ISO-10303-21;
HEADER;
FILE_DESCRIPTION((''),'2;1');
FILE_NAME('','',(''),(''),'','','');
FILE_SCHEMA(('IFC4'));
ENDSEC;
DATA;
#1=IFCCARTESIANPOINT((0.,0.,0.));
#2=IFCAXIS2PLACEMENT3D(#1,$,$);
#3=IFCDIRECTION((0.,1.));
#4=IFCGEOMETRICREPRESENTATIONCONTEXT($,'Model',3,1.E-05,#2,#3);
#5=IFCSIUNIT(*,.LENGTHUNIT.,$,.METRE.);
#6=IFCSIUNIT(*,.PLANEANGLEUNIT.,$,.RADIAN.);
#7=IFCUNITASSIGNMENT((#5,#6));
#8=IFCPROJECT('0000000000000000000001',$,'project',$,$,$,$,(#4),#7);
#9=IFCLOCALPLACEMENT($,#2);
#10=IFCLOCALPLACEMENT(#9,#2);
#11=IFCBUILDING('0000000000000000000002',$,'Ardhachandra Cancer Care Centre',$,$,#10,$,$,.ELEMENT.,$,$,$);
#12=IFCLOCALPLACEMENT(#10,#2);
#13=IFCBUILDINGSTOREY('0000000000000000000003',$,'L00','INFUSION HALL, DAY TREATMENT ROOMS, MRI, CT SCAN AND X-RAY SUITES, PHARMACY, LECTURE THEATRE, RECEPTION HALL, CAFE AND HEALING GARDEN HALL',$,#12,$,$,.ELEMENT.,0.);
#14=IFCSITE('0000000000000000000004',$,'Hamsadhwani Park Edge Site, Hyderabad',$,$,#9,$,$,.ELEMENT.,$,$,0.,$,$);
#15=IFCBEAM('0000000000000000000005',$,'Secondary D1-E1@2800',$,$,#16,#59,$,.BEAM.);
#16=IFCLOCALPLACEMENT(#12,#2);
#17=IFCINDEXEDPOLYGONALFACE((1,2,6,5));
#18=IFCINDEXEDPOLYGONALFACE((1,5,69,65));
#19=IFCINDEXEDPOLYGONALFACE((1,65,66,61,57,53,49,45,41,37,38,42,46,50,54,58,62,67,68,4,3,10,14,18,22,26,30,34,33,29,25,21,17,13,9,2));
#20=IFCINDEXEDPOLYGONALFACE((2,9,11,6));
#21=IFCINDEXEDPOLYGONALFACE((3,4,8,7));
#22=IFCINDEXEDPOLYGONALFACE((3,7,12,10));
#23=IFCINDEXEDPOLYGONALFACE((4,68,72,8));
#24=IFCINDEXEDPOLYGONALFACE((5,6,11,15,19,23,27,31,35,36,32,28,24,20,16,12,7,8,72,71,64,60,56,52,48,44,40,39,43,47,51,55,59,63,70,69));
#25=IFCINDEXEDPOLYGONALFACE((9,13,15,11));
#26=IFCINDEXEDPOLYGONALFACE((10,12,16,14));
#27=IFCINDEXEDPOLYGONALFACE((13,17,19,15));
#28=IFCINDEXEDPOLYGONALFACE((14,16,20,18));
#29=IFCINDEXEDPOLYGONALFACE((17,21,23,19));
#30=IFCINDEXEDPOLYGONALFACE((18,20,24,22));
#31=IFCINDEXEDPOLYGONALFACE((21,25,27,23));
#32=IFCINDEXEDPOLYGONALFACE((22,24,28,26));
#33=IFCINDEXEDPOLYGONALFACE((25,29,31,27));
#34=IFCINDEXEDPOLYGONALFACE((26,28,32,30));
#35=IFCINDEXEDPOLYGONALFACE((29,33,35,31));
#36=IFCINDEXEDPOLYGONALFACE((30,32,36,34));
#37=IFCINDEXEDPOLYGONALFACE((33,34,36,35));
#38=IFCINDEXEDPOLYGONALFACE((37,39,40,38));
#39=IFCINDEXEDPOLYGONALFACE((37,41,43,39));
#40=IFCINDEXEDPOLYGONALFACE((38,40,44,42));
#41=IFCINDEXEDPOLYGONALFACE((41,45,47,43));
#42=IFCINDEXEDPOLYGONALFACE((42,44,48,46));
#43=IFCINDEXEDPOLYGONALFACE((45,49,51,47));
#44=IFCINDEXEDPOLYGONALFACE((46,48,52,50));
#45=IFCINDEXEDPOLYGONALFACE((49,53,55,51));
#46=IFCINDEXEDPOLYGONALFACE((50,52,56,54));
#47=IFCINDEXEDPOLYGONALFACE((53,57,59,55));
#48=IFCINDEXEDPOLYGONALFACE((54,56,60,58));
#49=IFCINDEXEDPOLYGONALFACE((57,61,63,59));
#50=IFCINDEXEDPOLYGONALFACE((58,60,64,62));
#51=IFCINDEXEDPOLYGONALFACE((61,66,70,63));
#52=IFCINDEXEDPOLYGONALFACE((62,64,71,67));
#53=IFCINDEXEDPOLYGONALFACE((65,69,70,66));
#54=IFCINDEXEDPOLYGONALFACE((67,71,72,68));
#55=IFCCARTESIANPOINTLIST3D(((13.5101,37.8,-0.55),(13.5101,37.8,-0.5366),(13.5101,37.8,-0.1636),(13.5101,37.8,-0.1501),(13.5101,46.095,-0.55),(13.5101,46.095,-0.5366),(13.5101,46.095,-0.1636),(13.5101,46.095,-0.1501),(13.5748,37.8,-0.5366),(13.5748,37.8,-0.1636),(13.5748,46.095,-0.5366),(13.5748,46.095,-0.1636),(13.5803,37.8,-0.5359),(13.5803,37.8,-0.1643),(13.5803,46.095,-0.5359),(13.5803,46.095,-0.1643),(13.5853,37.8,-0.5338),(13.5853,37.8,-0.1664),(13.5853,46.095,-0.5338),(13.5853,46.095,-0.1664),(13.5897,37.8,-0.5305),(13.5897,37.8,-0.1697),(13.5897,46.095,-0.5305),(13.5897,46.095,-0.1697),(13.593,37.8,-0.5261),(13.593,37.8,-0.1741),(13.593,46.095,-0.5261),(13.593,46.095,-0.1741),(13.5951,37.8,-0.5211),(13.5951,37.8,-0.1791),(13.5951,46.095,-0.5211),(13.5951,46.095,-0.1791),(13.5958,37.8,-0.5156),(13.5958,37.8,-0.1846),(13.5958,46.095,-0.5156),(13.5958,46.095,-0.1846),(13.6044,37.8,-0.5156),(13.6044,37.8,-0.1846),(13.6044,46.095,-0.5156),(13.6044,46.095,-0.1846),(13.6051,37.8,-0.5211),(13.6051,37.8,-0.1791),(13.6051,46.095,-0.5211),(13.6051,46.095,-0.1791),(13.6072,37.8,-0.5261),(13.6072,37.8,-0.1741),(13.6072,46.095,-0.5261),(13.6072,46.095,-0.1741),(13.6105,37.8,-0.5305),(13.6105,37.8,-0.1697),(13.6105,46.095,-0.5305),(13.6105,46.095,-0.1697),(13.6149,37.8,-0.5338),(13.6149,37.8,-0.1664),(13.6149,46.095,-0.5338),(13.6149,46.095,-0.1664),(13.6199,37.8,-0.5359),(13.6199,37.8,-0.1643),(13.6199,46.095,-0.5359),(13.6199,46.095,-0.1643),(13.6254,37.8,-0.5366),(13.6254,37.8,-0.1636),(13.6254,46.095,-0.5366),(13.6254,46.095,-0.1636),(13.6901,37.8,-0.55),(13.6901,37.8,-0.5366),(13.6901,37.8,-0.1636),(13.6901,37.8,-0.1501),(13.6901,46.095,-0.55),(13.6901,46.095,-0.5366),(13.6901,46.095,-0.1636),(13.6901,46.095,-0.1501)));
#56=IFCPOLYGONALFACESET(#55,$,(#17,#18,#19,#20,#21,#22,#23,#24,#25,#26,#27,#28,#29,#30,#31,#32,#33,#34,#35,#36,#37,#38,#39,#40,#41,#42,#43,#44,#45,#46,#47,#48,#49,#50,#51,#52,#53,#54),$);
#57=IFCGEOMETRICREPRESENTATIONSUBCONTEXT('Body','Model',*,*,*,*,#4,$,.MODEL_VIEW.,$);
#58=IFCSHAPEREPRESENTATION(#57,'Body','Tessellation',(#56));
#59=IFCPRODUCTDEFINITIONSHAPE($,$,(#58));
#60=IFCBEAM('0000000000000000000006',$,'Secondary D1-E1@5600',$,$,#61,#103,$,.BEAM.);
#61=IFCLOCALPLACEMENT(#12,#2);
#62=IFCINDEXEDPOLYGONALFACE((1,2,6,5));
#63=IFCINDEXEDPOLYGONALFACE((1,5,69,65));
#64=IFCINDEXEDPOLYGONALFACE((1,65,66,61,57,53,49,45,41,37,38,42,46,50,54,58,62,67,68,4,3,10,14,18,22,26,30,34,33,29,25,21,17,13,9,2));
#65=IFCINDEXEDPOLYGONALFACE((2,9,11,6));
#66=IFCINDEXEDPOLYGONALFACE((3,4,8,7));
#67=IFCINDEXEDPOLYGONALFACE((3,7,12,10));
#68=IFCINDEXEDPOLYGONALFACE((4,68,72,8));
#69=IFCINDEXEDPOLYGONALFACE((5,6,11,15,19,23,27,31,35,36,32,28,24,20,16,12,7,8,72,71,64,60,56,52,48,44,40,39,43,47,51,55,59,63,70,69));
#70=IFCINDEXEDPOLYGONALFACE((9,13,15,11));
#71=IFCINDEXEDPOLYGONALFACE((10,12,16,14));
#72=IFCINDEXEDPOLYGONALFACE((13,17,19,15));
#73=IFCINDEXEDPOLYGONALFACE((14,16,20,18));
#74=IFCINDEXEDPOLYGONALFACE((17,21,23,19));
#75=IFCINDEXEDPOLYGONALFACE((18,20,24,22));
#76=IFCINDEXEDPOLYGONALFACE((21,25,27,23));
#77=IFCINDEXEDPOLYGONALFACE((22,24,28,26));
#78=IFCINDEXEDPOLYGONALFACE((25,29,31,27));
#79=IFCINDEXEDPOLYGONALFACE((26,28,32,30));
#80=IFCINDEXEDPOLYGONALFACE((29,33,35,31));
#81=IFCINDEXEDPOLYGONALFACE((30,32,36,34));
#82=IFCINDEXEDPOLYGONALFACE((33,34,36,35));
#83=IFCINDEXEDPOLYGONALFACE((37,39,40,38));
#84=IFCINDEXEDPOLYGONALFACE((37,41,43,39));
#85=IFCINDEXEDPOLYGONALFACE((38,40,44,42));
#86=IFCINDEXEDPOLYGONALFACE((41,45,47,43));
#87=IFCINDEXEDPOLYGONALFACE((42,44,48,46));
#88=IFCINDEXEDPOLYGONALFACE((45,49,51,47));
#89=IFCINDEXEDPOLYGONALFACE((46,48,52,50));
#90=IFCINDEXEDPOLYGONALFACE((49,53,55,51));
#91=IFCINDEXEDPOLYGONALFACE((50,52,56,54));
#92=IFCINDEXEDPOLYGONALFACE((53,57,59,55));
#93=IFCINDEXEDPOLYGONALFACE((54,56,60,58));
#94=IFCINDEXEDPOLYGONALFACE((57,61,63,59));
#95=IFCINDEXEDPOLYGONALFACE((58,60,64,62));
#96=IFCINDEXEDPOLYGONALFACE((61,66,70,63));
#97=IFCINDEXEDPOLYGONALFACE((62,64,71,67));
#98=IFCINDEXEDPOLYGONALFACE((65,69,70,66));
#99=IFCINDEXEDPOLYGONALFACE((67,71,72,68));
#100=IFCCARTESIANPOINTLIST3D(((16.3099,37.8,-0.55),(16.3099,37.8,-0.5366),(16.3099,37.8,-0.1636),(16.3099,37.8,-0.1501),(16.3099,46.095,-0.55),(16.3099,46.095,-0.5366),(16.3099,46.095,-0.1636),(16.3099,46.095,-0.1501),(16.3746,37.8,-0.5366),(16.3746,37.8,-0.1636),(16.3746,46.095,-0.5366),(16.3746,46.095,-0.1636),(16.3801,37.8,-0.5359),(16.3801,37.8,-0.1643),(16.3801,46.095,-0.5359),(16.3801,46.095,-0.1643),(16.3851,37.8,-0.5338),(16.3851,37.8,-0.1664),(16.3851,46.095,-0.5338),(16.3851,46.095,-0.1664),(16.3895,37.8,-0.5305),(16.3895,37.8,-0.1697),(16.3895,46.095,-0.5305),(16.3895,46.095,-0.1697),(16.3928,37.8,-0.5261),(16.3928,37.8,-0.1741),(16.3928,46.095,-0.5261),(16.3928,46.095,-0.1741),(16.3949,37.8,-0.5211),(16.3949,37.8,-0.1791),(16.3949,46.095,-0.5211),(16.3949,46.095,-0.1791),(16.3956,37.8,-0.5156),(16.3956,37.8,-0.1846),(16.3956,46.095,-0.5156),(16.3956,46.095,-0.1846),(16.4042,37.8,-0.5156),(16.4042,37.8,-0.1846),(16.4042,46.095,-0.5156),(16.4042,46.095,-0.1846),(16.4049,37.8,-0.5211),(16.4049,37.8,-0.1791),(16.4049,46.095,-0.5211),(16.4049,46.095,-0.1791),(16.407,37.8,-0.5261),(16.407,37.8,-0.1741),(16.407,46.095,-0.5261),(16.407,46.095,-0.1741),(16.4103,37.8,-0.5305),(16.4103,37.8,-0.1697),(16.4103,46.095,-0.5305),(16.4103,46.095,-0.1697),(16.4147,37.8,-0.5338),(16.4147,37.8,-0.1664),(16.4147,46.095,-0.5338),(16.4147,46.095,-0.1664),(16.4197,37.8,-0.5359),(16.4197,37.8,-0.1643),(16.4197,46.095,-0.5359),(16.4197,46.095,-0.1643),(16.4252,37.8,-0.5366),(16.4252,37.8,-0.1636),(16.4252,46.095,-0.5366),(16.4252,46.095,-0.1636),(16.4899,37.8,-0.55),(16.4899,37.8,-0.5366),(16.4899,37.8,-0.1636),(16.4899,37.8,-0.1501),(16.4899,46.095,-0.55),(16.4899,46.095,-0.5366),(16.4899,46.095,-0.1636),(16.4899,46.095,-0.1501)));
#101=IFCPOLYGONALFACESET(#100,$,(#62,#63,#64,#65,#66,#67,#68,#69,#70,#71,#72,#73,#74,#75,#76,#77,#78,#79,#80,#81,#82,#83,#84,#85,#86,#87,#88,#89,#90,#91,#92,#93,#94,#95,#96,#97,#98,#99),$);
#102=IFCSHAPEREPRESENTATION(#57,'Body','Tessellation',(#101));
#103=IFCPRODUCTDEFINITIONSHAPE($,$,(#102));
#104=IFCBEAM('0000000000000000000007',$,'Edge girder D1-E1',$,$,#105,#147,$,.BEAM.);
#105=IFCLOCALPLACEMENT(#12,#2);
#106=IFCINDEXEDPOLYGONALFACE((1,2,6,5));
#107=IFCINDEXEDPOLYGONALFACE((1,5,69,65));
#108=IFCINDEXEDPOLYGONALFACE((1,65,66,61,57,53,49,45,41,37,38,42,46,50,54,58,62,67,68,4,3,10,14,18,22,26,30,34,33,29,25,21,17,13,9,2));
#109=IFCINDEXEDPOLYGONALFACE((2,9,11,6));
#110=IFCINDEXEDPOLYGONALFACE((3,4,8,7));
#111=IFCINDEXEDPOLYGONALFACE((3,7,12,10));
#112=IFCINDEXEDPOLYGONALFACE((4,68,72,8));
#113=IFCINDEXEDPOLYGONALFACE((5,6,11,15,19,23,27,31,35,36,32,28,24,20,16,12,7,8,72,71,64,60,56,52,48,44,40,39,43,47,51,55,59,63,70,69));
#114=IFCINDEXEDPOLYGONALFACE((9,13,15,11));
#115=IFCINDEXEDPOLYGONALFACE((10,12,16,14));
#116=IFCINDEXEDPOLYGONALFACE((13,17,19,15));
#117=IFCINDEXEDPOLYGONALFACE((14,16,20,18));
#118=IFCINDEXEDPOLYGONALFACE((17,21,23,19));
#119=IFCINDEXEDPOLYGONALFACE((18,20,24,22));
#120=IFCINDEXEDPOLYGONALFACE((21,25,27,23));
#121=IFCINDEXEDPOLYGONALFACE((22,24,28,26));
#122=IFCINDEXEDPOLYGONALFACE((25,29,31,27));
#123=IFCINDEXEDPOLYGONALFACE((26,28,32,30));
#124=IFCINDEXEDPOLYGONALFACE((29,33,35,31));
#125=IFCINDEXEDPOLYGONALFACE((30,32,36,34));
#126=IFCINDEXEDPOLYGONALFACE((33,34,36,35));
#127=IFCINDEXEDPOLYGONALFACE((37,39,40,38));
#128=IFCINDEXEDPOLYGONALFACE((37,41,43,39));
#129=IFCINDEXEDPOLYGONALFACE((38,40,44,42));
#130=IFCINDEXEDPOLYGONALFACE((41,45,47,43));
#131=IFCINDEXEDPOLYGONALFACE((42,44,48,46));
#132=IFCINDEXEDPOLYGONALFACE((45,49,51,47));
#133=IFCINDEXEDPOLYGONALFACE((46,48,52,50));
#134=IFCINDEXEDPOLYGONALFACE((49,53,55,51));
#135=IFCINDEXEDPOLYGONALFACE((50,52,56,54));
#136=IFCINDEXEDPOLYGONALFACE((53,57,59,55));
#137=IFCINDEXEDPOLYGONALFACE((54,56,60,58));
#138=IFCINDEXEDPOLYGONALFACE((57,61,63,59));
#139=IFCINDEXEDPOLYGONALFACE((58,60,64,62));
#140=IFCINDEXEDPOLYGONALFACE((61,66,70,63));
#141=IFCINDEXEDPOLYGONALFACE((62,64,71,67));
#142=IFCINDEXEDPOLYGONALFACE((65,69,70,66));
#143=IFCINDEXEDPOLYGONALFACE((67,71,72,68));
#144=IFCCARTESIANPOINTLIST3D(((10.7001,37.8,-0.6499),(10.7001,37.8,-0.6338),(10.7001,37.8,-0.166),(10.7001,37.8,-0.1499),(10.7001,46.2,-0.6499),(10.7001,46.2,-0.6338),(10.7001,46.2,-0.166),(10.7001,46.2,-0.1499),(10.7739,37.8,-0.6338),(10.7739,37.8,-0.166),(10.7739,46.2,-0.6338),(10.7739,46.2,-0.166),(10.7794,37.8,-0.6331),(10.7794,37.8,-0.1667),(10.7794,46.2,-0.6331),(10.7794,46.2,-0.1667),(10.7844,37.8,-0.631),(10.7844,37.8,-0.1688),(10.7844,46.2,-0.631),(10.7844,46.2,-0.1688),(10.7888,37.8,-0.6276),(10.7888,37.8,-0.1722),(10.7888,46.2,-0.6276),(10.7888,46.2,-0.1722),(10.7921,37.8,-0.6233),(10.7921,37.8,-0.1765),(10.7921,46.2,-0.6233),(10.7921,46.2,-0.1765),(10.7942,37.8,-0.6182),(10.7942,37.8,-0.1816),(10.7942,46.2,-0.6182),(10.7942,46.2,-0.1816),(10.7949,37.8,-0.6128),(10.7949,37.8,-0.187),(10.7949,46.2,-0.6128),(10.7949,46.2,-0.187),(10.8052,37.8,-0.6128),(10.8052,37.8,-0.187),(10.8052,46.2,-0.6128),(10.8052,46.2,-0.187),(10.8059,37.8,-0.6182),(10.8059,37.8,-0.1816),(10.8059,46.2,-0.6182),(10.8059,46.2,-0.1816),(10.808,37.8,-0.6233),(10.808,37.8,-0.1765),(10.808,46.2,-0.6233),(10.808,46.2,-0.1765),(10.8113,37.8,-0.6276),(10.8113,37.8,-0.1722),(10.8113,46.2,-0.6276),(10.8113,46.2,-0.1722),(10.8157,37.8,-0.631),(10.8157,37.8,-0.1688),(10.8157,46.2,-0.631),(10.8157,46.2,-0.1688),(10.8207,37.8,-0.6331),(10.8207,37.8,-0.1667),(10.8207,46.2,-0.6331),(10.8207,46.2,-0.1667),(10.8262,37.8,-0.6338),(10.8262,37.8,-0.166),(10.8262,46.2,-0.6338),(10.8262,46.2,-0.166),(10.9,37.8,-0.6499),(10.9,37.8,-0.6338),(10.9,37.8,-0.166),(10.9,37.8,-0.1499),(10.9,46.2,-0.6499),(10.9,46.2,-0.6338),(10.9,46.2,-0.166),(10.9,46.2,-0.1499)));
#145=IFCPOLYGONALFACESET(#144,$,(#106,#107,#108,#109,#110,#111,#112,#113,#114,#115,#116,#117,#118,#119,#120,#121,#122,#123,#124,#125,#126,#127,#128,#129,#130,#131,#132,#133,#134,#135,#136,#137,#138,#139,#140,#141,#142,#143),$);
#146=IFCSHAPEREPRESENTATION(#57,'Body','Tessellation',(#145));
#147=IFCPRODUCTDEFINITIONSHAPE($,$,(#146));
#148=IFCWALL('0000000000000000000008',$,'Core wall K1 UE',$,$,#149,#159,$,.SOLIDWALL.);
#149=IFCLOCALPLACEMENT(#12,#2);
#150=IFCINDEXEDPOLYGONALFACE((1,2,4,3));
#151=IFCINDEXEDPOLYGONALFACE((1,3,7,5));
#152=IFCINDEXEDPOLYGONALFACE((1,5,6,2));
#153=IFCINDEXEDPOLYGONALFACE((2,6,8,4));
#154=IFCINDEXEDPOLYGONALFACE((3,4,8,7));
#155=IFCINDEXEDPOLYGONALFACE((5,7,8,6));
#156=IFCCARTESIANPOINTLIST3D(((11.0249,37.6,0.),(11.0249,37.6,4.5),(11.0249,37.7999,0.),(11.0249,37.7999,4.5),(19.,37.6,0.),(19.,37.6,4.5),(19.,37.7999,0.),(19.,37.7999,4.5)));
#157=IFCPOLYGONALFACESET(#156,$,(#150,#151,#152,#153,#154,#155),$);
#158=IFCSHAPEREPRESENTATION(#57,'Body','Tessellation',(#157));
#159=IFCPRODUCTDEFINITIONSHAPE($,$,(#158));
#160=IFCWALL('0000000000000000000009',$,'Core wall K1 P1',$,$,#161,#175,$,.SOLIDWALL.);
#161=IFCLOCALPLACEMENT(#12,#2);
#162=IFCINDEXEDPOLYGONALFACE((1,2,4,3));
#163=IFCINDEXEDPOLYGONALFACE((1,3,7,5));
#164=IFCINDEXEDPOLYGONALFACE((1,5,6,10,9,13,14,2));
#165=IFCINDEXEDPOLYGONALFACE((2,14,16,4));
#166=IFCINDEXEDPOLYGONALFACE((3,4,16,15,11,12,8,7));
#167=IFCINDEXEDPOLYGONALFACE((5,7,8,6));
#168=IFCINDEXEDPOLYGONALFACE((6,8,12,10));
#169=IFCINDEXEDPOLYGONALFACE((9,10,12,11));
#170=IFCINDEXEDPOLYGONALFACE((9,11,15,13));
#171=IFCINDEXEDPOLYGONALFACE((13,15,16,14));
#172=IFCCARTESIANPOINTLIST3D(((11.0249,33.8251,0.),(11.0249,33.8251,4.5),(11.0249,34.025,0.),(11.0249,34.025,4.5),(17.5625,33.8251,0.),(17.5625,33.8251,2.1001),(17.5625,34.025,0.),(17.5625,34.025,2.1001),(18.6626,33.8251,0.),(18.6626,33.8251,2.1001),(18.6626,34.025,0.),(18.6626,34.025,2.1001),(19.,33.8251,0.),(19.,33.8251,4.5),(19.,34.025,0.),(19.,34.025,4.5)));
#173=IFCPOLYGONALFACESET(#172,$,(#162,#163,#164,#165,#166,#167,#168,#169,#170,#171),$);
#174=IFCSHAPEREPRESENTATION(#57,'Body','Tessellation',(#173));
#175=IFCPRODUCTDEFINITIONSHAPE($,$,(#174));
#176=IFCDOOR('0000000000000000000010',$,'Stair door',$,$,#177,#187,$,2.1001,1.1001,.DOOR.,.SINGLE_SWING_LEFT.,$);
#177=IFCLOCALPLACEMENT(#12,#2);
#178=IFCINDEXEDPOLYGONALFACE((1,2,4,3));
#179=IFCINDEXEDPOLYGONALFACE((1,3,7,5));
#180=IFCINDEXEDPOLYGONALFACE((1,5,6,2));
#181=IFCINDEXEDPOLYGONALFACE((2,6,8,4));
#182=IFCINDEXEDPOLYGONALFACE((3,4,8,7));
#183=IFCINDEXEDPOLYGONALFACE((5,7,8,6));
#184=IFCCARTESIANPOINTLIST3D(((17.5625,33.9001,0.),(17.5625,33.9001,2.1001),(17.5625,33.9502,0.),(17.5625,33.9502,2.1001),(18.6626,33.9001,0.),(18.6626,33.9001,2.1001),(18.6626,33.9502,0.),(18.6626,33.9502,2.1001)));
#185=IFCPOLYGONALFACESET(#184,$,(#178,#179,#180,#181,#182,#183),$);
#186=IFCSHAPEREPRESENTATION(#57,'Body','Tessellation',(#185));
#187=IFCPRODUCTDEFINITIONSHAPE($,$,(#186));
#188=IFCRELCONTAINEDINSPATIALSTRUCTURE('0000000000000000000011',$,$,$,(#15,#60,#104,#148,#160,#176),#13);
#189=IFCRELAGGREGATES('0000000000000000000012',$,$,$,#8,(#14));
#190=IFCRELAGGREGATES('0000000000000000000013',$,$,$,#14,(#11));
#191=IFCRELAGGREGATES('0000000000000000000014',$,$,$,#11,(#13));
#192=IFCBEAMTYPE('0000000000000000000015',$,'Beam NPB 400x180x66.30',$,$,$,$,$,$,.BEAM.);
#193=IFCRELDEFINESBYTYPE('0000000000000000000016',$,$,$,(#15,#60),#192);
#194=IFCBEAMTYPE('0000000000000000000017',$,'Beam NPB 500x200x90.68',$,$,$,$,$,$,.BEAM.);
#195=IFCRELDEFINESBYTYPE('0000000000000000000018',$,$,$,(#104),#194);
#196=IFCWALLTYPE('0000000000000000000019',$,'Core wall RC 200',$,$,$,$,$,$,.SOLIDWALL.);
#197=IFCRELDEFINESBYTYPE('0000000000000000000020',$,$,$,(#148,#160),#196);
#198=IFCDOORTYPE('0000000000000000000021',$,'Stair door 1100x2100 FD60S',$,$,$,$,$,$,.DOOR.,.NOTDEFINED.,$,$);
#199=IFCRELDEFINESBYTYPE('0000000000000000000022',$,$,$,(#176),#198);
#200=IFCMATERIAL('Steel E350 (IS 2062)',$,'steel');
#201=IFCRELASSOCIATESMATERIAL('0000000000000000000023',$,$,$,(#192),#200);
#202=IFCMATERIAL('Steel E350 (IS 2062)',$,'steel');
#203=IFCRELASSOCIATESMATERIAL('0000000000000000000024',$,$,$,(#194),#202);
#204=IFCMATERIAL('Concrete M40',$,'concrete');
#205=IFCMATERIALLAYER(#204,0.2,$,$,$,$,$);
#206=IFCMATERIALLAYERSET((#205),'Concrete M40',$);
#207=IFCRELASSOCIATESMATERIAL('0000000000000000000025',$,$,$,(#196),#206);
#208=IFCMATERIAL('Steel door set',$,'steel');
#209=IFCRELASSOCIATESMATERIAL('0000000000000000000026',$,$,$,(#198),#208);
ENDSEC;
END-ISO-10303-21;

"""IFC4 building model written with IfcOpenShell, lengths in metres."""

from ifc_helpers import new_model, si_unit, direction, frame, frame_2d, origin, origin_2d, place, context, subcontext, project, spatial, rectangle, i_section, extrude, material, layer, layer_set, material_profile, profile_set, type_object, element, fill, save


model = new_model("IFC4")

# Units and contexts
model_context = context("Model", 3, precision=1e-05, world=origin(), true_north=direction((0.0, 1.0)))
body_context = subcontext(model_context, "Body", "Model", "MODEL_VIEW")
ifc_project = project(units=[si_unit("LENGTHUNIT", "METRE"), si_unit("PLANEANGLEUNIT", "RADIAN")], contexts=[model_context])

# Site, building, storey
site_placement = place(None, origin())
site = spatial("IfcSite", under=ifc_project, at=site_placement, Name="Hamsadhwani Park Edge Site, Hyderabad", CompositionType="ELEMENT", RefElevation=0.0)
building_placement = place(site_placement, origin())
building = spatial("IfcBuilding", under=site, at=building_placement, Name="Ardhachandra Cancer Care Centre", CompositionType="ELEMENT")
storey_placement = place(building_placement, origin())
storey = spatial("IfcBuildingStorey", under=building, at=storey_placement, Name="L00", Description="INFUSION HALL, DAY TREATMENT ROOMS, MRI, CT SCAN AND X-RAY SUITES, PHARMACY, LECTURE THEATRE, RECEPTION HALL, CAFE AND HEALING GARDEN HALL", CompositionType="ELEMENT", Elevation=0.0)

# Beams
ifc_material_1 = material(Name="Steel E350 (IS 2062)", Category="steel")
ifc_material_profile_1 = material_profile(ifc_material_1, i_section(OverallWidth=0.1799, OverallDepth=0.3999, WebThickness=0.0085, FlangeThickness=0.0134, FilletRadius=0.021, at=origin_2d()), Name="NPB 400x180x66.30")
ifc_profile_set_1 = profile_set([ifc_material_profile_1], Name="Steel E350 (IS 2062)")
beam_type_1 = type_object("IfcBeamType", Name="Beam NPB 400x180x66.30", PredefinedType="BEAM", material=ifc_profile_set_1)
for number, where, z_axis, x_axis, name in (
    (1, (13.6001, 37.8, -0.3501), (0.0, 1.0, 0.0), (-1.0, 0.0, 0.0), "Secondary D1-E1@2800"),
    (2, (16.3999, 37.8, -0.3501), (0.0, 1.0, 0.0), (-1.0, 0.0, 0.0), "Secondary D1-E1@5600"),
):
    element("IfcBeam", number, at=place(storey_placement, frame(where, z_axis=z_axis, x_axis=x_axis)), inside=storey, type_object=beam_type_1, Name=name, PredefinedType="BEAM", context=body_context, shape_type="SweptSolid", body=[
        extrude(i_section(OverallWidth=0.1799, OverallDepth=0.3999, WebThickness=0.0085, FlangeThickness=0.0134, FilletRadius=0.021, at=origin_2d()), origin(), (0.0, 0.0, 1.0), 8.2949),
    ])
ifc_material_2 = material(Name="Steel E350 (IS 2062)", Category="steel")
ifc_material_profile_2 = material_profile(ifc_material_2, i_section(OverallWidth=0.2, OverallDepth=0.5, WebThickness=0.0103, FlangeThickness=0.0161, FilletRadius=0.021, at=origin_2d()), Name="NPB 500x200x90.68")
ifc_profile_set_2 = profile_set([ifc_material_profile_2], Name="Steel E350 (IS 2062)")
beam_type_2 = type_object("IfcBeamType", Name="Beam NPB 500x200x90.68", PredefinedType="BEAM", material=ifc_profile_set_2)
beam_placement = place(storey_placement, frame((10.8, 37.8, -0.3999), z_axis=(0.0, 1.0, 0.0), x_axis=(-1.0, 0.0, 0.0)))
element("IfcBeam", 3, at=beam_placement, inside=storey, type_object=beam_type_2, Name="Edge girder D1-E1", PredefinedType="BEAM", context=body_context, shape_type="SweptSolid", body=[
    extrude(i_section(OverallWidth=0.2, OverallDepth=0.5, WebThickness=0.0103, FlangeThickness=0.0161, FilletRadius=0.021, at=origin_2d()), origin(), (0.0, 0.0, 1.0), 8.3999),
])

# Wall
ifc_material_3 = material(Name="Concrete M40", Category="concrete")
ifc_layer_1 = layer(ifc_material_3, 0.2)
ifc_layer_set_1 = layer_set([ifc_layer_1], Name="Concrete M40")
wall_type_1 = type_object("IfcWallType", Name="Core wall RC 200", PredefinedType="SOLIDWALL", material=ifc_layer_set_1)
wall_1_placement = place(storey_placement, frame((19.0, 37.7, 0.0), z_axis=(0.0, 0.0, 1.0), x_axis=(-1.0, 0.0, 0.0)))
element("IfcWall", 4, at=wall_1_placement, inside=storey, type_object=wall_type_1, Name="Core wall K1 UE", PredefinedType="SOLIDWALL", context=body_context, shape_type="SweptSolid", body=[
    extrude(rectangle(XDim=7.9751, YDim=0.2, at=frame_2d((3.9875, 0.0))), origin(), (0.0, 0.0, 1.0), 4.5),
])

# Wall, opening, door
wall_2_placement = place(storey_placement, frame((19.0, 33.925, 0.0), z_axis=(0.0, 0.0, 1.0), x_axis=(-1.0, 0.0, 0.0)))
wall_2 = element("IfcWall", 5, at=wall_2_placement, inside=storey, type_object=wall_type_1, Name="Core wall K1 P1", PredefinedType="SOLIDWALL", context=body_context, shape_type="SweptSolid", body=[
    extrude(rectangle(XDim=7.9751, YDim=0.2, at=frame_2d((3.9875, 0.0))), origin(), (0.0, 0.0, 1.0), 4.5),
])
opening_1_placement = place(wall_2_placement, frame((0.3374, 0.0, 0.0)))
opening_1 = element("IfcOpeningElement", 6, at=opening_1_placement, cuts=wall_2, PredefinedType="OPENING", context=body_context, shape_type="SweptSolid", body=[
    extrude(rectangle(XDim=1.1001, YDim=2.1001, at=frame_2d((0.55, 1.05))), frame((0.0, 0.1099, 0.0), z_axis=(0.0, -1.0, 0.0), x_axis=(1.0, 0.0, 0.0)), (0.0, 0.0, 1.0), 0.22),
])
ifc_material_4 = material(Name="Steel door set", Category="steel")
door_type_1 = type_object("IfcDoorType", Name="Stair door 1100x2100 FD60S", OperationType="NOTDEFINED", PredefinedType="DOOR", material=ifc_material_4)
door_1_placement = place(opening_1_placement, origin())
door_1 = element("IfcDoor", 7, at=door_1_placement, inside=storey, type_object=door_type_1, Name="Stair door", OperationType="SINGLE_SWING_LEFT", OverallHeight=2.1001, OverallWidth=1.1001, PredefinedType="DOOR", context=body_context, shape_type="SweptSolid", body=[
    extrude(rectangle(XDim=1.1001, YDim=2.1001, at=frame_2d((0.55, 1.05))), frame((0.0, 0.0249, 0.0), z_axis=(0.0, -1.0, 0.0), x_axis=(1.0, 0.0, 0.0)), (0.0, 0.0, 1.0), 0.05),
])
fill(opening_1, door_1)

save(model, "model.ifc")
